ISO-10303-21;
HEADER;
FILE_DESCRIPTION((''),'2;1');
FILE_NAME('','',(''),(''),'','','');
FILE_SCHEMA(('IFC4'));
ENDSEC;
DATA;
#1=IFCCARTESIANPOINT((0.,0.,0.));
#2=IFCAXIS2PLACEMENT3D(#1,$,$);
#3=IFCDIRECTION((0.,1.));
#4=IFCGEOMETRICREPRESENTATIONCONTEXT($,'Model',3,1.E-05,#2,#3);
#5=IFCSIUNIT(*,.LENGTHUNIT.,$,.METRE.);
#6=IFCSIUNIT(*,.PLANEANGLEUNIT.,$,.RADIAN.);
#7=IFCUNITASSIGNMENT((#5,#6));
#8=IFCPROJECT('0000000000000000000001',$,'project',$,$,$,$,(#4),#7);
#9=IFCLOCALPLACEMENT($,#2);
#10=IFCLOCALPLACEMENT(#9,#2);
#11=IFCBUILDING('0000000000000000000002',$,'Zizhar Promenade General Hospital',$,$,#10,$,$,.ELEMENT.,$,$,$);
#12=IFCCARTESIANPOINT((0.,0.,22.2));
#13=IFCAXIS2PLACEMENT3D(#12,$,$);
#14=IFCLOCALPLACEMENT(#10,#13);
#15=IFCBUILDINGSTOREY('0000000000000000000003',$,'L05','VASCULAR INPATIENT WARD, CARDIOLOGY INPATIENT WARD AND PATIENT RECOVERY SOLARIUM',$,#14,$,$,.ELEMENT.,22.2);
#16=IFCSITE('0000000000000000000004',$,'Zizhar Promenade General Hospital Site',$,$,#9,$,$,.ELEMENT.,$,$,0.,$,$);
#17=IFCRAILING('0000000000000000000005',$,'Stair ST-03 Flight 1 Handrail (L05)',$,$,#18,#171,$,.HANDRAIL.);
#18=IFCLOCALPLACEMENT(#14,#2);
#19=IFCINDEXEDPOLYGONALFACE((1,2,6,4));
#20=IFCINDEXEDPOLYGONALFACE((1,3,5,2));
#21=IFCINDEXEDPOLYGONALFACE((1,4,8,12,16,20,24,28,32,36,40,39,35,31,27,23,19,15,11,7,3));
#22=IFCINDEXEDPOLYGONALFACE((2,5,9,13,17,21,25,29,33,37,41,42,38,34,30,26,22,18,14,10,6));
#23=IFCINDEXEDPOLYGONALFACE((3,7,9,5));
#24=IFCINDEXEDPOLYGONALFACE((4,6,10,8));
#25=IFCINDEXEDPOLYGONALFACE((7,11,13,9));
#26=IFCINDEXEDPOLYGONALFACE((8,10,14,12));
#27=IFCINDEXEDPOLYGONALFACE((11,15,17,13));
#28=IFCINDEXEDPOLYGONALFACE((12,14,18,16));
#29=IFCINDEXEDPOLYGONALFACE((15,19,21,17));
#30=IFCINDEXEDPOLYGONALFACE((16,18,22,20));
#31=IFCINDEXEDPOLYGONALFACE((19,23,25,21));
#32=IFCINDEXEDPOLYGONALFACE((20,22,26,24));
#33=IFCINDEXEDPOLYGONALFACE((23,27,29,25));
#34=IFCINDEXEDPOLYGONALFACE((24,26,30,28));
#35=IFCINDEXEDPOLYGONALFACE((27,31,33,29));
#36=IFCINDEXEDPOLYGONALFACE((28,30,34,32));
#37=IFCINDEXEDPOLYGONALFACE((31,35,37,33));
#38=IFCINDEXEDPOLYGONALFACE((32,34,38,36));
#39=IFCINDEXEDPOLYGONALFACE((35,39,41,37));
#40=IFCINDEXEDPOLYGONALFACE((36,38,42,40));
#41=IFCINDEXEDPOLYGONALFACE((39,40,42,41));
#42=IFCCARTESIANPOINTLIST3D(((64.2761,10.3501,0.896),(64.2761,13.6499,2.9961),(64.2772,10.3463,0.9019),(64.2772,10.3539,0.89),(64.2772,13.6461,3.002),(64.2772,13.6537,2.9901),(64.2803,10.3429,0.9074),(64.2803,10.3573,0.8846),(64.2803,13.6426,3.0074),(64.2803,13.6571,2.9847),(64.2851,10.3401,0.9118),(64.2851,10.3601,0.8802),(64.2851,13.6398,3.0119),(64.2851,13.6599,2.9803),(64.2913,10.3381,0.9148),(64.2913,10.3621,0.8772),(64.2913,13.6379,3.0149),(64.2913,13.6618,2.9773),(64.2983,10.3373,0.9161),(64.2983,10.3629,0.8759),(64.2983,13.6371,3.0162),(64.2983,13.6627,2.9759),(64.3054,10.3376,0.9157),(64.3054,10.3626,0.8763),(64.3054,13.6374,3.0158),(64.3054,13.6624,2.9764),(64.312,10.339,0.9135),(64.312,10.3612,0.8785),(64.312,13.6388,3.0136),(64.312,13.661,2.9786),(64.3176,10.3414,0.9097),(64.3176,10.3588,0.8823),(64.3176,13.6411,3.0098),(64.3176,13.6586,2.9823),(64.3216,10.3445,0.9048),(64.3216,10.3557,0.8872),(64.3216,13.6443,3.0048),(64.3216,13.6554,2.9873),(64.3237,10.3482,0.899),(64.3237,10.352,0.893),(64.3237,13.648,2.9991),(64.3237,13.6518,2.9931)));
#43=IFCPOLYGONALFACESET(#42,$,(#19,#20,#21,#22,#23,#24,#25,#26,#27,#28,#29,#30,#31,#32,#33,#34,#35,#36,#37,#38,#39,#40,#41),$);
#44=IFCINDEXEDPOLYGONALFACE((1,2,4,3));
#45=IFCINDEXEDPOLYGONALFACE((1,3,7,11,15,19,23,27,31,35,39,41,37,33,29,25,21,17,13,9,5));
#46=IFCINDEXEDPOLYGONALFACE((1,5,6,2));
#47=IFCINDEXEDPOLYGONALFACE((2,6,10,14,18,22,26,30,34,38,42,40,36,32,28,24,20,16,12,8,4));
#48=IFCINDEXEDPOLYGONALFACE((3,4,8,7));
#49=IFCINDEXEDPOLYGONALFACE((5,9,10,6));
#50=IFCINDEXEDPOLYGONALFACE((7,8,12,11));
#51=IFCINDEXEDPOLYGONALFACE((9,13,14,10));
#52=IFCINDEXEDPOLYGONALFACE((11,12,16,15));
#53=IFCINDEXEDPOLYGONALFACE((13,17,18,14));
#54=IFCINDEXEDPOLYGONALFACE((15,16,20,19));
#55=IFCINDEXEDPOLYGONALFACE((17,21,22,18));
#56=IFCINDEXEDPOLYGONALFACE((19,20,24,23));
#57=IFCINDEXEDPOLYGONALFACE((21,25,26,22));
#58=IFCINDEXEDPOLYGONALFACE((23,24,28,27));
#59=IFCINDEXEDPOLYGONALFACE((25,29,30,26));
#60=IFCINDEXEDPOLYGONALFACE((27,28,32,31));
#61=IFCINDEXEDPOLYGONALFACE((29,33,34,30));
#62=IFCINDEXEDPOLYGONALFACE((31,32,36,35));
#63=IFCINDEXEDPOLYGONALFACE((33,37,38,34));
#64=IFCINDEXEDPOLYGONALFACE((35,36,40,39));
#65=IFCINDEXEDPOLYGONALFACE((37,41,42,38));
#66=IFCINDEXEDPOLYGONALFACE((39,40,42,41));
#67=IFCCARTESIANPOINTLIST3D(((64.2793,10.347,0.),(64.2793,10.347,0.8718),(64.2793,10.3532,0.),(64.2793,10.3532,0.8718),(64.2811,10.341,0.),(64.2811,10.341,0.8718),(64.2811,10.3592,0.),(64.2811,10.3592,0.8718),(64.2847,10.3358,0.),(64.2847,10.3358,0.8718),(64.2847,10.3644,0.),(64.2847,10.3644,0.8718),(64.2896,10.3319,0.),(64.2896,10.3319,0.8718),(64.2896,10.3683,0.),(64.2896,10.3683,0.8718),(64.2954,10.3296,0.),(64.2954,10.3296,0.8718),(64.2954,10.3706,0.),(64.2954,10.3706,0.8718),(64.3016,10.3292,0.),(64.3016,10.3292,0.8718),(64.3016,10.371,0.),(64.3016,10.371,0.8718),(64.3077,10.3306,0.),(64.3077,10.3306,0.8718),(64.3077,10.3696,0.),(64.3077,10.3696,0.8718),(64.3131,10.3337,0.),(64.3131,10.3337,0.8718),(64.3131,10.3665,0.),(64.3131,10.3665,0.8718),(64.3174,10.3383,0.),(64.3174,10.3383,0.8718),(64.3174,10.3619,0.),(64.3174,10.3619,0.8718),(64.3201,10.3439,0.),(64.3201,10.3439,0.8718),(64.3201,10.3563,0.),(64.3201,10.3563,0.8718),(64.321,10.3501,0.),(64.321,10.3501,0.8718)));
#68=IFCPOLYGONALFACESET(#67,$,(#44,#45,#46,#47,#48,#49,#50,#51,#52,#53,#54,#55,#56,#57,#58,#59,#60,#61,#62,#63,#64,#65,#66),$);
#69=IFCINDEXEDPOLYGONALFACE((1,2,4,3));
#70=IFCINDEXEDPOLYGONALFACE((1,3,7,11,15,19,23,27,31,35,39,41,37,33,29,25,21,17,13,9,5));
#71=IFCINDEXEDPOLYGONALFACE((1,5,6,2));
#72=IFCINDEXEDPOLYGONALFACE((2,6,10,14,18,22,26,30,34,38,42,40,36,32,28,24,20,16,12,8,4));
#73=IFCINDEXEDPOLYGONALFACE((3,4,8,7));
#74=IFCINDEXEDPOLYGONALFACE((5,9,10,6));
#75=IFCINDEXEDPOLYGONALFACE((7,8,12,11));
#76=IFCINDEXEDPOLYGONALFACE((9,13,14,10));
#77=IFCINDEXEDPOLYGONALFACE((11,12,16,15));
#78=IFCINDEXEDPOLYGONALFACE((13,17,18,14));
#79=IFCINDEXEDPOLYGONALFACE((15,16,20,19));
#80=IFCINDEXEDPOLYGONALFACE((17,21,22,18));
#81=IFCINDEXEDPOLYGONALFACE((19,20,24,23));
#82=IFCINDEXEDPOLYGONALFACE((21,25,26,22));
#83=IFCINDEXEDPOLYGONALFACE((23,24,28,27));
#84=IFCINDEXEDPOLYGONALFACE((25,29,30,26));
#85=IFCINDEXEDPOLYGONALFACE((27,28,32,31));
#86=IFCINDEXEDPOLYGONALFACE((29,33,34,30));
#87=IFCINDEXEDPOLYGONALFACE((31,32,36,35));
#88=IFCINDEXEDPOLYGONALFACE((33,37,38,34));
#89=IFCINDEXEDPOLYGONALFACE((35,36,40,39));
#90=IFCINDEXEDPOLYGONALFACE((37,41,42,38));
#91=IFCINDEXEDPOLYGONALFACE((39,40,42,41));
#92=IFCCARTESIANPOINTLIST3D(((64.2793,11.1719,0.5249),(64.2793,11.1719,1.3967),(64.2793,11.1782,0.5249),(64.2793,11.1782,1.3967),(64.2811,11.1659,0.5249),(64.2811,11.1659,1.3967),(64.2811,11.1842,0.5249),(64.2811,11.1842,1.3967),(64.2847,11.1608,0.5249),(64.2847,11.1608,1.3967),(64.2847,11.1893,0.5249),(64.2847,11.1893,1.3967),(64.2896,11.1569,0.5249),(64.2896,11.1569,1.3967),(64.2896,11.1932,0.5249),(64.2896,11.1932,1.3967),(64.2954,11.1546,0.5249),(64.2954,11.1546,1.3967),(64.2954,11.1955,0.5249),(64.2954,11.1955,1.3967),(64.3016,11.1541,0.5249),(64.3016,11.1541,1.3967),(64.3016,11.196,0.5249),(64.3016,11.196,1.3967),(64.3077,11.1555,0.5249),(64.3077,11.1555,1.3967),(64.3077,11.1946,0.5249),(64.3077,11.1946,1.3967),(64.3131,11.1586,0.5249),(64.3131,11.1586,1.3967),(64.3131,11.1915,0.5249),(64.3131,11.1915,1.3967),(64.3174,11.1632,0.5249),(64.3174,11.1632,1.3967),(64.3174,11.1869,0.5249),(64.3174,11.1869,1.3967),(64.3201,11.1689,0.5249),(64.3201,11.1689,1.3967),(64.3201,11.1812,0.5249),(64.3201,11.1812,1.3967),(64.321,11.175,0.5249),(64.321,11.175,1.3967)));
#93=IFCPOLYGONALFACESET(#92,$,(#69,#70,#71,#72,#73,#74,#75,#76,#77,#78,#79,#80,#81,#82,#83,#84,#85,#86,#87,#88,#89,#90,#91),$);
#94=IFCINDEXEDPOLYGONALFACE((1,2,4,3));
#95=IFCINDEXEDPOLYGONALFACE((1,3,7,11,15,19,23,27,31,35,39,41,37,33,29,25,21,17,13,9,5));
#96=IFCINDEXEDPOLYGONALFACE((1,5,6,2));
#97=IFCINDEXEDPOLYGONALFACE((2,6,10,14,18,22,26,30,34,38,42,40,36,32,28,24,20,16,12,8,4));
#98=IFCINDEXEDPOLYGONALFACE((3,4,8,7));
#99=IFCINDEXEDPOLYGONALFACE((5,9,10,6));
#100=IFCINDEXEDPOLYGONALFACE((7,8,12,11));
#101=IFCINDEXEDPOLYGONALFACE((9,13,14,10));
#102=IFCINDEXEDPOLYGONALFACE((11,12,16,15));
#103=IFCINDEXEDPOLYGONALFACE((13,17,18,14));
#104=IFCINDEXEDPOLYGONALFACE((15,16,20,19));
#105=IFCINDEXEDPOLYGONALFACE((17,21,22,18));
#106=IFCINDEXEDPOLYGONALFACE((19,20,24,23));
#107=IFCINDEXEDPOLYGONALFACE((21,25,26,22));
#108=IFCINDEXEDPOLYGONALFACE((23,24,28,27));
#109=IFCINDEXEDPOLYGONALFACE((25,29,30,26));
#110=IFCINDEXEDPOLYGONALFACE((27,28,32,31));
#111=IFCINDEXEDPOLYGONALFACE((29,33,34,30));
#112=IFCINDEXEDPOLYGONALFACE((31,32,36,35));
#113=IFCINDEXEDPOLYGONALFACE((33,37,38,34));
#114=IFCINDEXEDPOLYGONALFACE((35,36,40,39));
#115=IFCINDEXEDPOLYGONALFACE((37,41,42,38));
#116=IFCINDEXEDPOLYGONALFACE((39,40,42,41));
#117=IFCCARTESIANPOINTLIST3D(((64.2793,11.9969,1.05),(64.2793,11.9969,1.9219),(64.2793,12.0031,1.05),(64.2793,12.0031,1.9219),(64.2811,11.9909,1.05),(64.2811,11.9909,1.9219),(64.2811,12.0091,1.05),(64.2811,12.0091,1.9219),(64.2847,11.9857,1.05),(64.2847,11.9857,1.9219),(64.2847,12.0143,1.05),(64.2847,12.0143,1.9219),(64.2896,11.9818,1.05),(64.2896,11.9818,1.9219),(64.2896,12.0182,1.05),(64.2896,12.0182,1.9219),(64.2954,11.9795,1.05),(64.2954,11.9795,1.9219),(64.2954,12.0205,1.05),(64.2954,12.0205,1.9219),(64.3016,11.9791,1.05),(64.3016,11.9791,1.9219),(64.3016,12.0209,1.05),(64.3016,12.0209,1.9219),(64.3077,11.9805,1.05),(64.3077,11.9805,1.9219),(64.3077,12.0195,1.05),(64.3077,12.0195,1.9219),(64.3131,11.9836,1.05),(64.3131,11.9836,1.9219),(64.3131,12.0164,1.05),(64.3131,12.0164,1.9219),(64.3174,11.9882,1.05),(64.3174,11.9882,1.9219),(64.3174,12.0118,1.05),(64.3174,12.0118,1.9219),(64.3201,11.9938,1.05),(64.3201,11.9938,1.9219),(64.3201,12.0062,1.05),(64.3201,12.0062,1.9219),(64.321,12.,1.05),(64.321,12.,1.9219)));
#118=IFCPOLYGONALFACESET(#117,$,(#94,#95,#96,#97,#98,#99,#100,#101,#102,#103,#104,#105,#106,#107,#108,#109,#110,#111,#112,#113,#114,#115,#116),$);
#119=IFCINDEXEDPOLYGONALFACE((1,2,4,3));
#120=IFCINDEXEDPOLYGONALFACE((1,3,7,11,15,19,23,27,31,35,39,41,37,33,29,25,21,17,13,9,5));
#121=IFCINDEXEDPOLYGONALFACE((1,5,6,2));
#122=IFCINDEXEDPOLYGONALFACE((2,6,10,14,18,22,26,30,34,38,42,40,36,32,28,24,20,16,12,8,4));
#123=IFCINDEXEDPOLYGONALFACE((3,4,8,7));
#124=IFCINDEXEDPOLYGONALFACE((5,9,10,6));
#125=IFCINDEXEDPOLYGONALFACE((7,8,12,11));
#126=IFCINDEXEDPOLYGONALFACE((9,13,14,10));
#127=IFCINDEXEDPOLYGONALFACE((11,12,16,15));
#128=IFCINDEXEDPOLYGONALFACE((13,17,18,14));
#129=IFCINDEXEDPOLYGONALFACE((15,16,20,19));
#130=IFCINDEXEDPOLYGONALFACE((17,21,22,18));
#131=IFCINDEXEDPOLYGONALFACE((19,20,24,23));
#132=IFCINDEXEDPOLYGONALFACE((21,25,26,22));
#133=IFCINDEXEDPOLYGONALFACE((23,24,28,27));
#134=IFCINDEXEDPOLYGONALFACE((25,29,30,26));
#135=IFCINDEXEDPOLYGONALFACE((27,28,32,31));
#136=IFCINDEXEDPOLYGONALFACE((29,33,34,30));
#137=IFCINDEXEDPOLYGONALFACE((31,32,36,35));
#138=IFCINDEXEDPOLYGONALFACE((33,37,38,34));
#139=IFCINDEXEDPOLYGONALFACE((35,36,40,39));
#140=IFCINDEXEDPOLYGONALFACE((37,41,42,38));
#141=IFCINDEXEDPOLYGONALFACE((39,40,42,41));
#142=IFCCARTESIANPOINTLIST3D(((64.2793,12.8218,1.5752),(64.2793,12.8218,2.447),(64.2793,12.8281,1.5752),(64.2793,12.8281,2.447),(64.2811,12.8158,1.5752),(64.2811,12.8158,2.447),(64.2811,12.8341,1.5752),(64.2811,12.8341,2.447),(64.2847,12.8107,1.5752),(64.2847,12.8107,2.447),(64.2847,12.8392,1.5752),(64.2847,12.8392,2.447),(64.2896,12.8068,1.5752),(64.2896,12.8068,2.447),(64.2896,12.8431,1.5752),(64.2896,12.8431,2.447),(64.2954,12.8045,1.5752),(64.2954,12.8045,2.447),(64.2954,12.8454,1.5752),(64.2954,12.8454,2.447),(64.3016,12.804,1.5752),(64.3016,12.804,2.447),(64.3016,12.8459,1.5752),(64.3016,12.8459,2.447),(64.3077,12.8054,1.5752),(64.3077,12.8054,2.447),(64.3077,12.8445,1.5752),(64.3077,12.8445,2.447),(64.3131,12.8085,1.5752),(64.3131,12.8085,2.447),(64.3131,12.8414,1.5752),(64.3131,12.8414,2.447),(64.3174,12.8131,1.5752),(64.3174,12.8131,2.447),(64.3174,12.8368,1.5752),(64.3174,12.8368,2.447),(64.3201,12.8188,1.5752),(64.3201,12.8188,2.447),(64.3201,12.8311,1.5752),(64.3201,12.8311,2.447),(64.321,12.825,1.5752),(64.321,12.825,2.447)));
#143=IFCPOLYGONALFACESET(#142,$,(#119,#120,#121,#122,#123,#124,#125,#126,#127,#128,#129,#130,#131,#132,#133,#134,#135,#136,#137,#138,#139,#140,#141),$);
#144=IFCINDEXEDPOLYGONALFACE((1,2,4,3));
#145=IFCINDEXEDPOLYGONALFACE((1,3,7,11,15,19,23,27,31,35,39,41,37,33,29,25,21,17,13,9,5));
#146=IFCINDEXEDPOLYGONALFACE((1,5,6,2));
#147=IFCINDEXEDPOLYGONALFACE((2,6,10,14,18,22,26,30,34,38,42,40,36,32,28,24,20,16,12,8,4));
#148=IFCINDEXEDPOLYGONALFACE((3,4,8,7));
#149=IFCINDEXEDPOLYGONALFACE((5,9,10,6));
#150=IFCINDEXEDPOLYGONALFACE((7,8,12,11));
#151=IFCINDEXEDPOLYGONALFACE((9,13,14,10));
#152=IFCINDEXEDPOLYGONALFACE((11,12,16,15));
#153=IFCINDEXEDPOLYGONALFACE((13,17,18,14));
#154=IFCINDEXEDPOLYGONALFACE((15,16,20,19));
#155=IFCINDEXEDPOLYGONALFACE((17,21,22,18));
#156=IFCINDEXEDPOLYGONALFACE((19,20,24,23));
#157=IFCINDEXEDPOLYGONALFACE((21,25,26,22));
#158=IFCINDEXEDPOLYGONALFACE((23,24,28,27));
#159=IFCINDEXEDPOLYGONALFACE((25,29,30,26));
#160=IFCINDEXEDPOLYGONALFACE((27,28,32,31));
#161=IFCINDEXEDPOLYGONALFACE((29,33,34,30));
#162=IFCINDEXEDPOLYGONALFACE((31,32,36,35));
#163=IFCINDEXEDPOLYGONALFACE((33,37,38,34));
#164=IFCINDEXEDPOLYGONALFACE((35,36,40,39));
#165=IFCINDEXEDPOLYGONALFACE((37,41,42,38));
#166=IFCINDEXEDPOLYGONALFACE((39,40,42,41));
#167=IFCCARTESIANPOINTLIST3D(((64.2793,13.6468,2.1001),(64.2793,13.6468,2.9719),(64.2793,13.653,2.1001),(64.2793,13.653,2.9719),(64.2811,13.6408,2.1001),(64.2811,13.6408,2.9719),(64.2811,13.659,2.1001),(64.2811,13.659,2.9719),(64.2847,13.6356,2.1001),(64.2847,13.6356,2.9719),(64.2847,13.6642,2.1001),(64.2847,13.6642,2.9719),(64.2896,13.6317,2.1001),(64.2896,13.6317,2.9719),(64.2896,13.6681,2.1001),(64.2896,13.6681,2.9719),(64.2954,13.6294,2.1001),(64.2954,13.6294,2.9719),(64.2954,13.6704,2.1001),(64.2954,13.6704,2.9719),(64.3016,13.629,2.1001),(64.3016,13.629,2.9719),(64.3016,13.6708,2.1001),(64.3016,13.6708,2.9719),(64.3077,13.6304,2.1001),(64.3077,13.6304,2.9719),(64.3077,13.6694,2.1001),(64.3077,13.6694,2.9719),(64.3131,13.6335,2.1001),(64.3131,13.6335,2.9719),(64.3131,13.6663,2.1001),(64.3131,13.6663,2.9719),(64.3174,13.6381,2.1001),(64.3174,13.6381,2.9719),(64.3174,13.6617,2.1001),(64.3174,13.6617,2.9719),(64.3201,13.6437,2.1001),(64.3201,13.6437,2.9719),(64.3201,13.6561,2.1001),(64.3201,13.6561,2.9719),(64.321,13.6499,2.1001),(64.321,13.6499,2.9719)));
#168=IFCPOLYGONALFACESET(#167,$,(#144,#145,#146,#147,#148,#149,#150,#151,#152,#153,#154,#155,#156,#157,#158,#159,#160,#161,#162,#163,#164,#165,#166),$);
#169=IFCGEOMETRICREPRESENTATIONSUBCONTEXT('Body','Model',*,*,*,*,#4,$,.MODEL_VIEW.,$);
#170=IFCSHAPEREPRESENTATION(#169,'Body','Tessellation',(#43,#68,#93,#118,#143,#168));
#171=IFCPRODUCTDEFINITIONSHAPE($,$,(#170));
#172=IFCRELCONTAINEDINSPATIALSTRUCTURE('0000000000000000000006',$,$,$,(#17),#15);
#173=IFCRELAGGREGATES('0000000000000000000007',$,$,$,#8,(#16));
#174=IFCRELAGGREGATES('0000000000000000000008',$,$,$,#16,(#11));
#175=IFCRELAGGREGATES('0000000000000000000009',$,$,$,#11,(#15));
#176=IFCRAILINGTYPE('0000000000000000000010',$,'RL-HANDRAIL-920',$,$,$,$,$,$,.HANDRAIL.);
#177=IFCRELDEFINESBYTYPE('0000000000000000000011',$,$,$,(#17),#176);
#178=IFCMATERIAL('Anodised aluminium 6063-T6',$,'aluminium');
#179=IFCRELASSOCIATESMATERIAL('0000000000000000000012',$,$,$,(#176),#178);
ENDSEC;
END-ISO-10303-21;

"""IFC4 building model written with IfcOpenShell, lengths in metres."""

from ifc_helpers import new_model, si_unit, direction, frame, origin, origin_2d, place, context, subcontext, project, spatial, circle, hollow_circle, extrude, material, material_profile, profile_set, type_object, element, save


model = new_model("IFC4")

# Units and contexts
model_context = context("Model", 3, precision=1e-05, world=origin(), true_north=direction((0.0, 1.0)))
body_context = subcontext(model_context, "Body", "Model", "MODEL_VIEW")
ifc_project = project(units=[si_unit("LENGTHUNIT", "METRE"), si_unit("PLANEANGLEUNIT", "RADIAN")], contexts=[model_context])

# Site, building, storey
site_placement = place(None, origin())
site = spatial("IfcSite", under=ifc_project, at=site_placement, Name="Zizhar Promenade General Hospital Site", CompositionType="ELEMENT", RefElevation=0.0)
building_placement = place(site_placement, origin())
building = spatial("IfcBuilding", under=site, at=building_placement, Name="Zizhar Promenade General Hospital", CompositionType="ELEMENT")
storey_placement = place(building_placement, frame((0.0, 0.0, 22.2)))
storey = spatial("IfcBuildingStorey", under=building, at=storey_placement, Name="L05", Description="VASCULAR INPATIENT WARD, CARDIOLOGY INPATIENT WARD AND PATIENT RECOVERY SOLARIUM", CompositionType="ELEMENT", Elevation=22.2)

# Railing
ifc_material_1 = material(Name="Anodised aluminium 6063-T6", Category="aluminium")
ifc_material_profile_1 = material_profile(ifc_material_1, hollow_circle(Radius=0.0698, WallThickness=0.0063, at=origin_2d()))
ifc_profile_set_1 = profile_set([ifc_material_profile_1], Name="Anodised aluminium 6063-T6")
railing_type_1 = type_object("IfcRailingType", Name="RL-HANDRAIL-920", PredefinedType="HANDRAIL", material=ifc_profile_set_1)
railing_1_placement = place(storey_placement, frame((64.3, 10.3501, 0.0)))
element("IfcRailing", 1, at=railing_1_placement, inside=storey, type_object=railing_type_1, Name="Stair ST-03 Flight 1 Handrail (L05)", PredefinedType="HANDRAIL", context=body_context, shape_type="SweptSolid", body=[
    extrude(circle(Radius=0.0239, at=origin_2d()), frame((0.0, 0.0, 0.896), z_axis=(0.0, 0.843636, 0.536916), x_axis=(-1.0, 0.0, 0.0)), (0.0, 0.0, 1.0), 3.9114),
    extrude(circle(Radius=0.021, at=origin_2d()), origin(), (0.0, 0.0, 1.0), 0.8718),
    extrude(circle(Radius=0.021, at=origin_2d()), frame((0.0, 0.825, 0.5249)), (0.0, 0.0, 1.0), 0.8718),
    extrude(circle(Radius=0.021, at=origin_2d()), frame((0.0, 1.6499, 1.05)), (0.0, 0.0, 1.0), 0.8718),
    extrude(circle(Radius=0.021, at=origin_2d()), frame((0.0, 2.4749, 1.5752)), (0.0, 0.0, 1.0), 0.8718),
    extrude(circle(Radius=0.021, at=origin_2d()), frame((0.0, 3.2998, 2.1001)), (0.0, 0.0, 1.0), 0.8718),
])

save(model, "model.ifc")
